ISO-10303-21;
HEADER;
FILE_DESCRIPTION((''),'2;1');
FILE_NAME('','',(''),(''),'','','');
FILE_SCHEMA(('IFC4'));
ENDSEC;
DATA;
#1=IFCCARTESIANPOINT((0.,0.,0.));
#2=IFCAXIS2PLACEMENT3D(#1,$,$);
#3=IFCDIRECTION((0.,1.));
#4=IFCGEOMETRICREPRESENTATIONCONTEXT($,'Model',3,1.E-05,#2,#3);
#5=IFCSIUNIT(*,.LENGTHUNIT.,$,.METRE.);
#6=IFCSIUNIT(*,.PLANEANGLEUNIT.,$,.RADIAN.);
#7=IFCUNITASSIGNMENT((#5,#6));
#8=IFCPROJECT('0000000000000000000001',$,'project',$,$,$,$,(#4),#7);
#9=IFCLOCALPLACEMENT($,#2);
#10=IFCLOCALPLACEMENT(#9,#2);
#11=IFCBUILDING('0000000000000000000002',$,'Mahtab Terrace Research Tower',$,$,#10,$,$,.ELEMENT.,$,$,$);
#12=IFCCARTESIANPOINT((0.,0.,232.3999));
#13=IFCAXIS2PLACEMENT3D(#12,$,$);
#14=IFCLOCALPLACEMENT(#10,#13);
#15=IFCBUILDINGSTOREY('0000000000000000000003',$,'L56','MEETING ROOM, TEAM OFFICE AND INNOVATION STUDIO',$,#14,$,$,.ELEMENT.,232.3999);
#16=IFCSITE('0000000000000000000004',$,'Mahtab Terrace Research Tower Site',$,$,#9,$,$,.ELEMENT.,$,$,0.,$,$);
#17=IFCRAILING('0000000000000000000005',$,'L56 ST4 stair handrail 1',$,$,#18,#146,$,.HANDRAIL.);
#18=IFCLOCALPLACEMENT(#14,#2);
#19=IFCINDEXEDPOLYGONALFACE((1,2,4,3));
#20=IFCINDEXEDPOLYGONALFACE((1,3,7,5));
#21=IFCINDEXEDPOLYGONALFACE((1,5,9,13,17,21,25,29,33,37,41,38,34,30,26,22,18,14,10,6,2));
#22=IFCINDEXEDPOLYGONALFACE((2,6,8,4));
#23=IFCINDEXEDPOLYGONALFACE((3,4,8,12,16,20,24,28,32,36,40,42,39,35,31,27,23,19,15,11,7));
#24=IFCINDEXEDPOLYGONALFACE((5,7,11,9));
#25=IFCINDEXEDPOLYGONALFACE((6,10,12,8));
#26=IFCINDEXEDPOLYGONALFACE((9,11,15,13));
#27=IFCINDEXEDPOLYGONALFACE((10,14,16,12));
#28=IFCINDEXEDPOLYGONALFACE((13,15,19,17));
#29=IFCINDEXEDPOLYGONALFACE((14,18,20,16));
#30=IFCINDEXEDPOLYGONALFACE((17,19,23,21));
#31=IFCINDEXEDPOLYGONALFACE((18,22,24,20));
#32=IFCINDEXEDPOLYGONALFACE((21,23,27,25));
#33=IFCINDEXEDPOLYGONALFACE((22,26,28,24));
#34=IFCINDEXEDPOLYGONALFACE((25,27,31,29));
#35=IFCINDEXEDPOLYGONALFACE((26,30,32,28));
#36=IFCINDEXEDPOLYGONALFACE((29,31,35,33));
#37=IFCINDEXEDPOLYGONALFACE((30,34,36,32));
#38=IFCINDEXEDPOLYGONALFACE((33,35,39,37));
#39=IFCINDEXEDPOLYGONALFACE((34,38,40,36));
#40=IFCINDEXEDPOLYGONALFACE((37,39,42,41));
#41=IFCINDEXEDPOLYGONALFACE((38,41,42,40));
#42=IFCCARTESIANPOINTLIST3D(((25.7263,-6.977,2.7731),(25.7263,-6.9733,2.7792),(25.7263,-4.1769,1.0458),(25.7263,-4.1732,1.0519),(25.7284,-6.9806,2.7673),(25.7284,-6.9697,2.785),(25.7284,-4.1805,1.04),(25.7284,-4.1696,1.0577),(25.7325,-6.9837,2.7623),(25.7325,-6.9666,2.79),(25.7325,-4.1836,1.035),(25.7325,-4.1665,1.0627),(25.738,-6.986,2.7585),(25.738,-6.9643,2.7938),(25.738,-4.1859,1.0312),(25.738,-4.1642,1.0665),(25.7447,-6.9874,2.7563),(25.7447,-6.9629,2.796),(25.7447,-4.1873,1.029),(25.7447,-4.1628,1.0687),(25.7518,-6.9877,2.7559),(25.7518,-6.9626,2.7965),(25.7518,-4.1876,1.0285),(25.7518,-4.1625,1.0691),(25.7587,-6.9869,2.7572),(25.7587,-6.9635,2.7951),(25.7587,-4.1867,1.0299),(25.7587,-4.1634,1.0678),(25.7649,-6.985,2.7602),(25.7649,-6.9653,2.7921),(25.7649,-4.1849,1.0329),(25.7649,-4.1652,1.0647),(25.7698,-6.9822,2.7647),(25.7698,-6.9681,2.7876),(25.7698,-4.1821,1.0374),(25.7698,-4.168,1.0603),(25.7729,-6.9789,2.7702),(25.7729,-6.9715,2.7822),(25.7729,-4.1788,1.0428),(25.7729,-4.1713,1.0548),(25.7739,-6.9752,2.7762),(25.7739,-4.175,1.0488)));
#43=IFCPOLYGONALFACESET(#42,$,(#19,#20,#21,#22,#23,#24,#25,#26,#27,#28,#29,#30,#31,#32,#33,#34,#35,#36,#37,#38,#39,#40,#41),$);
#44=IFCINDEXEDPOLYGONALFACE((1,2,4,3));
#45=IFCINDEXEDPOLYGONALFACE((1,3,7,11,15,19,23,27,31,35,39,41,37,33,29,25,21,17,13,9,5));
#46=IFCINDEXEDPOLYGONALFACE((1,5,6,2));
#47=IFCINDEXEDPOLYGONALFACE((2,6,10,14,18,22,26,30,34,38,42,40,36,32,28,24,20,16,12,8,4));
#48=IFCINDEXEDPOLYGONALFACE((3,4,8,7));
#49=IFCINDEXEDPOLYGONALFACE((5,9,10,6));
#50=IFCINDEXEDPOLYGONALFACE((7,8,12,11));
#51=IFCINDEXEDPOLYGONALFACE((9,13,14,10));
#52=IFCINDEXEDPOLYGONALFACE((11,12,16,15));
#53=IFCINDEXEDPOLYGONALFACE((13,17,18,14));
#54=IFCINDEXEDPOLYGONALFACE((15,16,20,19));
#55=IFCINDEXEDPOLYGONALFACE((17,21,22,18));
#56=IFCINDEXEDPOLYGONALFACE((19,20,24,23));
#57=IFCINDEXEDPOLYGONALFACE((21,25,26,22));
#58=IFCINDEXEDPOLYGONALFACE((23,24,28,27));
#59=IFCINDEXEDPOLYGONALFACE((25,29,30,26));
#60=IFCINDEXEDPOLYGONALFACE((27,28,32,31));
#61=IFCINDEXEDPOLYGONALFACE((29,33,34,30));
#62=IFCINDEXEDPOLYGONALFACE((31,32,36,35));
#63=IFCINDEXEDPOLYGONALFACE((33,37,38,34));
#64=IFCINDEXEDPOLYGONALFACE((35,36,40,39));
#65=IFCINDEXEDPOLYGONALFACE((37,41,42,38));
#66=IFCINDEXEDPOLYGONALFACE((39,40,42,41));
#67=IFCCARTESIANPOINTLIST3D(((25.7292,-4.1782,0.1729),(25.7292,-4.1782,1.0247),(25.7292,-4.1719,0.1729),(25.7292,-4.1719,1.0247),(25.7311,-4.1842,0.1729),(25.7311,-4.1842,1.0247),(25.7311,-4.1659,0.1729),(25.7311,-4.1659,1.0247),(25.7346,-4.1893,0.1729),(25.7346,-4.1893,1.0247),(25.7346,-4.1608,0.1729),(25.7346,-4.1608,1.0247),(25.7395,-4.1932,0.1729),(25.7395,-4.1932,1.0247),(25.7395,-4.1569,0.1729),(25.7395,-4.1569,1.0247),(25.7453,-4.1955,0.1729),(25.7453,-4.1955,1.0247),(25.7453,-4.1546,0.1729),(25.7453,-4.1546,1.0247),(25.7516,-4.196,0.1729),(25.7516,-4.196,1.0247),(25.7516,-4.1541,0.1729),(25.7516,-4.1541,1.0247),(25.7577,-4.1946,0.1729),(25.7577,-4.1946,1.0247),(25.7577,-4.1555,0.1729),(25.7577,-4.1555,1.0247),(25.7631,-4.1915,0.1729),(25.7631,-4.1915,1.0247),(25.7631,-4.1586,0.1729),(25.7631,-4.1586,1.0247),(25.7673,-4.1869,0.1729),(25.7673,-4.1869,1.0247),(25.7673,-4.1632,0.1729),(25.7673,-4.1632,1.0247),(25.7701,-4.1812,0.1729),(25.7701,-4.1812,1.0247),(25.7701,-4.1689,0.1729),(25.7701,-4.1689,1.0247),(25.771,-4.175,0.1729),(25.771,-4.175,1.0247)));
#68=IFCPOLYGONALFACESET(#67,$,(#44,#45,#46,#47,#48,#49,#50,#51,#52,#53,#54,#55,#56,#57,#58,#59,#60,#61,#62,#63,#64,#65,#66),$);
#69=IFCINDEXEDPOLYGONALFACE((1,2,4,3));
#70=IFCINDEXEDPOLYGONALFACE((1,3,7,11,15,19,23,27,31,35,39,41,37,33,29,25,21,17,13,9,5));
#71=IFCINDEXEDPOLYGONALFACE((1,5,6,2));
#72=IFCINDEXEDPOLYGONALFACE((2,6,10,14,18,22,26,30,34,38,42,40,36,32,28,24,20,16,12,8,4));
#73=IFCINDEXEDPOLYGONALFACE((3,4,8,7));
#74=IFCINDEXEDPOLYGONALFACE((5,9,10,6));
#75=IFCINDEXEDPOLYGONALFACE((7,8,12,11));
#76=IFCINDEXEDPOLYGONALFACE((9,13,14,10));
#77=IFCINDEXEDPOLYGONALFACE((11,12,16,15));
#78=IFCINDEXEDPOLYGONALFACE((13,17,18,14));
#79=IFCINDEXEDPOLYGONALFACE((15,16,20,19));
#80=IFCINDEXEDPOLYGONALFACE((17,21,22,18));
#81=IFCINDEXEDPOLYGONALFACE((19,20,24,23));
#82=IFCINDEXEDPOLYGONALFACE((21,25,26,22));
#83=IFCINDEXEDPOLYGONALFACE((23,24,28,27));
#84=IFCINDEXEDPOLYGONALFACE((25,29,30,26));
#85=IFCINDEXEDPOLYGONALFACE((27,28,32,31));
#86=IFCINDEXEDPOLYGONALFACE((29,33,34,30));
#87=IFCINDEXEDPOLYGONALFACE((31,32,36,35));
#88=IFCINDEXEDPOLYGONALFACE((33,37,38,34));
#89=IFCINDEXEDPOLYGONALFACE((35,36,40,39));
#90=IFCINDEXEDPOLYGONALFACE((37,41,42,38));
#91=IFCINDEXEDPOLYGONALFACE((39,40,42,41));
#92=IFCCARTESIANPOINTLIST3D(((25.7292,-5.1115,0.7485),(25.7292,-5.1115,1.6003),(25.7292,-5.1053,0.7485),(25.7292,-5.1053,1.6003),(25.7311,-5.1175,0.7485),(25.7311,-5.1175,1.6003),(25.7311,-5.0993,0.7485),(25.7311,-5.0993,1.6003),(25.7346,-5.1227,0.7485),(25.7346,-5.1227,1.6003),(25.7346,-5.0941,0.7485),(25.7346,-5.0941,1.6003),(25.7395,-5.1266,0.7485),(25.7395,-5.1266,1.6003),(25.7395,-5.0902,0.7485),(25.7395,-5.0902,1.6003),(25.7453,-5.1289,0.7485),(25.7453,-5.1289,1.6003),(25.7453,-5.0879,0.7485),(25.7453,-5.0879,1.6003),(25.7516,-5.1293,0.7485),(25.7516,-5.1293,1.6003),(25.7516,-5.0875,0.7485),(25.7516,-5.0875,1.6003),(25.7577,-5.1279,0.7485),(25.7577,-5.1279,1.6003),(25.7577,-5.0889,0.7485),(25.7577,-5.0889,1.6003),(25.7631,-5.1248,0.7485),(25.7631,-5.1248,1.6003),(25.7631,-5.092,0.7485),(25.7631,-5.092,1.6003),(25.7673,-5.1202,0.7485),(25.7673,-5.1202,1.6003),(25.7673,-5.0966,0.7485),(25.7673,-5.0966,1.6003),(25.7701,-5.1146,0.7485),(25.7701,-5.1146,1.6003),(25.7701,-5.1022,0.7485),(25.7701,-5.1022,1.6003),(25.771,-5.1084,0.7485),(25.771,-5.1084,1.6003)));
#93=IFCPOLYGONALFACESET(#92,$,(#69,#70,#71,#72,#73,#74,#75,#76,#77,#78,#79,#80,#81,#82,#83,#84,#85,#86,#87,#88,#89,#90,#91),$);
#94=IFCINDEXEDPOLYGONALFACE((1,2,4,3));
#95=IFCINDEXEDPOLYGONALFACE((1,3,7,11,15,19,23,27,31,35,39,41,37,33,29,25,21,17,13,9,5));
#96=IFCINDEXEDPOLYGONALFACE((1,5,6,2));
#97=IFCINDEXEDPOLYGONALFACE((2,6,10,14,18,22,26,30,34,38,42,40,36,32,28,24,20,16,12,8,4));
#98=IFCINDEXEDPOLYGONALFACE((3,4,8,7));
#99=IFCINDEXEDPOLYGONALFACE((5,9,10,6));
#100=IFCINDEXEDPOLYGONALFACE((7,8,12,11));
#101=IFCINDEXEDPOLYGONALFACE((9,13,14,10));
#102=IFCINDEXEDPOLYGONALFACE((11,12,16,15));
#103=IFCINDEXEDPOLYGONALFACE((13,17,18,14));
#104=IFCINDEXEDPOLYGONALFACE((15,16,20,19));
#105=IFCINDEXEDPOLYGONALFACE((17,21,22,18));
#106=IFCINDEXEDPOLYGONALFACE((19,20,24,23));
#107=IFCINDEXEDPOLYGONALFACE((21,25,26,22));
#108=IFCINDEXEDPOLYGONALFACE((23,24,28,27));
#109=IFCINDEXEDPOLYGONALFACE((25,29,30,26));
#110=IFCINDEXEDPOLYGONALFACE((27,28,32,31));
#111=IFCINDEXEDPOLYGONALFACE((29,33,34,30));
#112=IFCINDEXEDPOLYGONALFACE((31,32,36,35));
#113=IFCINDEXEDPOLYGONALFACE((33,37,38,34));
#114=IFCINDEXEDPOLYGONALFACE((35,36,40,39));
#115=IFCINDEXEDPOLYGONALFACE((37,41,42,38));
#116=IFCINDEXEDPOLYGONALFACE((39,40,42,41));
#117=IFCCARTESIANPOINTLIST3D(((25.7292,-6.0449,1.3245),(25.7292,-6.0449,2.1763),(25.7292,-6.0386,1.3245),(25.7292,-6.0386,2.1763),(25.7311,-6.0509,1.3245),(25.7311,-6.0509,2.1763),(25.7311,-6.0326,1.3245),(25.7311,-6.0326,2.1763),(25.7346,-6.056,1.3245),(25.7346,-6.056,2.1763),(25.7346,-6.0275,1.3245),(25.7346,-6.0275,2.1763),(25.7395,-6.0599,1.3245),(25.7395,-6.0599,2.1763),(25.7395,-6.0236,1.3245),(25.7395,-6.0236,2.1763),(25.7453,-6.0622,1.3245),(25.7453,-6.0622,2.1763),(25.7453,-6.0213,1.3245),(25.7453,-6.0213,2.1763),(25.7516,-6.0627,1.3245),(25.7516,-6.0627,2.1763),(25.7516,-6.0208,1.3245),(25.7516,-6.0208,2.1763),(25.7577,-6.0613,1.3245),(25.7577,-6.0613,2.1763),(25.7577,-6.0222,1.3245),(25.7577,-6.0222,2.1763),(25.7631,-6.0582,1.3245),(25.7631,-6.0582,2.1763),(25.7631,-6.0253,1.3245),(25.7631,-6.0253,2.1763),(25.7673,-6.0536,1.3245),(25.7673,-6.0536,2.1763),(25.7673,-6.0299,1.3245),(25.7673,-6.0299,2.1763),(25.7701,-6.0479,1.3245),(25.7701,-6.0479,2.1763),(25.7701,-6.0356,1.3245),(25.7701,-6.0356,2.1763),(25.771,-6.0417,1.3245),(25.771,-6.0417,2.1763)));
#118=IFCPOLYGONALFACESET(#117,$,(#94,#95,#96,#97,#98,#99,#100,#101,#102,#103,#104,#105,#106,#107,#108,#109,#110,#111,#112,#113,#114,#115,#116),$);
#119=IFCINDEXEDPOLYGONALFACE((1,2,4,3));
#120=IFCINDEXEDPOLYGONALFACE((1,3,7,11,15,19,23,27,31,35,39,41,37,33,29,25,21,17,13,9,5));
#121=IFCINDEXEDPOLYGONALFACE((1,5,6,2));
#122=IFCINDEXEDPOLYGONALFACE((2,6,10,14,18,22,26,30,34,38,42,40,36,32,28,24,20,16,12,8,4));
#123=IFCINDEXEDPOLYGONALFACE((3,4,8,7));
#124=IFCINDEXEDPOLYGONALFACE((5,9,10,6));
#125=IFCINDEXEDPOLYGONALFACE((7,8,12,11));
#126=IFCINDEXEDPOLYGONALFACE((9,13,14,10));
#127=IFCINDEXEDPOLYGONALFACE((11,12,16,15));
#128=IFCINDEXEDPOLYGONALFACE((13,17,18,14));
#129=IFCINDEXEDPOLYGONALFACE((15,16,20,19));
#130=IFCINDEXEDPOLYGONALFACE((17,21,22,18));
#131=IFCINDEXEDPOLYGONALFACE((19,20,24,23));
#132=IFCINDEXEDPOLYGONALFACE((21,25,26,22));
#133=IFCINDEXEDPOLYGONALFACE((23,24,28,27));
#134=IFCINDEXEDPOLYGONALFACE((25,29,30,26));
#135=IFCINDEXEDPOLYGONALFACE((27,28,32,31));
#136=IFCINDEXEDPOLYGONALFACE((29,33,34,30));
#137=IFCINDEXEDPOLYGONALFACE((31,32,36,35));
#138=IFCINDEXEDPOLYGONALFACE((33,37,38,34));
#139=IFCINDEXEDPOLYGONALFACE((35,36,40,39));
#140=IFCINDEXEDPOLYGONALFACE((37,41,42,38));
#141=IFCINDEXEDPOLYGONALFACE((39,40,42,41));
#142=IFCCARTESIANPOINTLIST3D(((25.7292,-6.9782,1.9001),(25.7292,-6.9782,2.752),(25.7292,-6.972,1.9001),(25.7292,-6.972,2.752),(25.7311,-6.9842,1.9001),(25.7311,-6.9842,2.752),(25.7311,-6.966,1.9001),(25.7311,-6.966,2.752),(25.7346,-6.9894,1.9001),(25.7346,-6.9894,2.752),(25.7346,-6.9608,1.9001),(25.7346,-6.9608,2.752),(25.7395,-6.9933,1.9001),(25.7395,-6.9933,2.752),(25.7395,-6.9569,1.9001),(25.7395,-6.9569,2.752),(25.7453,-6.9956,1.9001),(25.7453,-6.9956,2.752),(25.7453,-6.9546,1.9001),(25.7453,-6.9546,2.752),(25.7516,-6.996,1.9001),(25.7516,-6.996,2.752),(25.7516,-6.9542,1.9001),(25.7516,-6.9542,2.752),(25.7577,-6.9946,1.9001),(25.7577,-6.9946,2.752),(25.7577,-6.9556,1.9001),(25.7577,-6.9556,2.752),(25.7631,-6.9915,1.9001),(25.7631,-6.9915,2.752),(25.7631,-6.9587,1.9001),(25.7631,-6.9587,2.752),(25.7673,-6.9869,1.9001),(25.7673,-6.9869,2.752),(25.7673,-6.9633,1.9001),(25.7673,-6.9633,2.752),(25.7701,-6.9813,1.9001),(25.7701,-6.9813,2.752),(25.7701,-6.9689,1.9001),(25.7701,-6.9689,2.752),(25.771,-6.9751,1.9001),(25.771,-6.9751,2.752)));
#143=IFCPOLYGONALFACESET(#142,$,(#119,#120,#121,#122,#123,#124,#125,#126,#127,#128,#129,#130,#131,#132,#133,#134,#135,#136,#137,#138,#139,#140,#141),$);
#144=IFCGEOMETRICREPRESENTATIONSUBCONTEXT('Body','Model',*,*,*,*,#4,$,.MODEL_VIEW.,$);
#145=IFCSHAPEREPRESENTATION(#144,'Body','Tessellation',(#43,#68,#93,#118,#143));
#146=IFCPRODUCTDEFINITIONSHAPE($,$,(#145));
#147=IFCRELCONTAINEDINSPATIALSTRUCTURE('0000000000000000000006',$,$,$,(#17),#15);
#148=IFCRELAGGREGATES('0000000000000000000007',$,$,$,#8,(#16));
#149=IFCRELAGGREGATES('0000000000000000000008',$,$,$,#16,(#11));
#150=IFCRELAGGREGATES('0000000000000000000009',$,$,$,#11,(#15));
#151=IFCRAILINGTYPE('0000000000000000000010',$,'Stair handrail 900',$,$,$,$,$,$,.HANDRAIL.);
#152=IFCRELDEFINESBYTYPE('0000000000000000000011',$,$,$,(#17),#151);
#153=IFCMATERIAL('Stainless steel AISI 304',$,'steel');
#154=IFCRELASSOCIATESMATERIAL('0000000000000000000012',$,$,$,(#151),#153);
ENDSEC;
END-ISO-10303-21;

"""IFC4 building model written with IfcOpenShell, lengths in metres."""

from ifc_helpers import new_model, si_unit, direction, frame, origin, origin_2d, place, context, subcontext, project, spatial, circle, extrude, material, type_object, element, save


model = new_model("IFC4")

# Units and contexts
model_context = context("Model", 3, precision=1e-05, world=origin(), true_north=direction((0.0, 1.0)))
body_context = subcontext(model_context, "Body", "Model", "MODEL_VIEW")
ifc_project = project(units=[si_unit("LENGTHUNIT", "METRE"), si_unit("PLANEANGLEUNIT", "RADIAN")], contexts=[model_context])

# Site, building, storey
site_placement = place(None, origin())
site = spatial("IfcSite", under=ifc_project, at=site_placement, Name="Mahtab Terrace Research Tower Site", CompositionType="ELEMENT", RefElevation=0.0)
building_placement = place(site_placement, origin())
building = spatial("IfcBuilding", under=site, at=building_placement, Name="Mahtab Terrace Research Tower", CompositionType="ELEMENT")
storey_placement = place(building_placement, frame((0.0, 0.0, 232.3999)))
storey = spatial("IfcBuildingStorey", under=building, at=storey_placement, Name="L56", Description="MEETING ROOM, TEAM OFFICE AND INNOVATION STUDIO", CompositionType="ELEMENT", Elevation=232.3999)

# Shared definitions
ifc_material_1 = material(Name="Stainless steel AISI 304", Category="steel")

# Railing
railing_type_1 = type_object("IfcRailingType", Name="Stair handrail 900", PredefinedType="HANDRAIL", material=ifc_material_1)
railing_1_placement = place(storey_placement, frame((25.75, -4.175, 0.1729)))
element("IfcRailing", 1, at=railing_1_placement, inside=storey, type_object=railing_type_1, Name="L56 ST4 stair handrail 1", PredefinedType="HANDRAIL", context=body_context, shape_type="SweptSolid", body=[
    extrude(circle(Radius=0.0239, at=origin_2d()), frame((0.0, 0.0, 0.876), z_axis=(0.0, -0.85109, 0.52502), x_axis=(1.0, 0.0, 0.0)), (0.0, 0.0, 1.0), 3.29),
    extrude(circle(Radius=0.021, at=origin_2d()), origin(), (0.0, 0.0, 1.0), 0.8518),
    extrude(circle(Radius=0.021, at=origin_2d()), frame((0.0, -0.9333, 0.5757)), (0.0, 0.0, 1.0), 0.8518),
    extrude(circle(Radius=0.021, at=origin_2d()), frame((0.0, -1.8667, 1.1516)), (0.0, 0.0, 1.0), 0.8518),
    extrude(circle(Radius=0.021, at=origin_2d()), frame((0.0, -2.8, 1.7273)), (0.0, 0.0, 1.0), 0.8518),
])

save(model, "model.ifc")
